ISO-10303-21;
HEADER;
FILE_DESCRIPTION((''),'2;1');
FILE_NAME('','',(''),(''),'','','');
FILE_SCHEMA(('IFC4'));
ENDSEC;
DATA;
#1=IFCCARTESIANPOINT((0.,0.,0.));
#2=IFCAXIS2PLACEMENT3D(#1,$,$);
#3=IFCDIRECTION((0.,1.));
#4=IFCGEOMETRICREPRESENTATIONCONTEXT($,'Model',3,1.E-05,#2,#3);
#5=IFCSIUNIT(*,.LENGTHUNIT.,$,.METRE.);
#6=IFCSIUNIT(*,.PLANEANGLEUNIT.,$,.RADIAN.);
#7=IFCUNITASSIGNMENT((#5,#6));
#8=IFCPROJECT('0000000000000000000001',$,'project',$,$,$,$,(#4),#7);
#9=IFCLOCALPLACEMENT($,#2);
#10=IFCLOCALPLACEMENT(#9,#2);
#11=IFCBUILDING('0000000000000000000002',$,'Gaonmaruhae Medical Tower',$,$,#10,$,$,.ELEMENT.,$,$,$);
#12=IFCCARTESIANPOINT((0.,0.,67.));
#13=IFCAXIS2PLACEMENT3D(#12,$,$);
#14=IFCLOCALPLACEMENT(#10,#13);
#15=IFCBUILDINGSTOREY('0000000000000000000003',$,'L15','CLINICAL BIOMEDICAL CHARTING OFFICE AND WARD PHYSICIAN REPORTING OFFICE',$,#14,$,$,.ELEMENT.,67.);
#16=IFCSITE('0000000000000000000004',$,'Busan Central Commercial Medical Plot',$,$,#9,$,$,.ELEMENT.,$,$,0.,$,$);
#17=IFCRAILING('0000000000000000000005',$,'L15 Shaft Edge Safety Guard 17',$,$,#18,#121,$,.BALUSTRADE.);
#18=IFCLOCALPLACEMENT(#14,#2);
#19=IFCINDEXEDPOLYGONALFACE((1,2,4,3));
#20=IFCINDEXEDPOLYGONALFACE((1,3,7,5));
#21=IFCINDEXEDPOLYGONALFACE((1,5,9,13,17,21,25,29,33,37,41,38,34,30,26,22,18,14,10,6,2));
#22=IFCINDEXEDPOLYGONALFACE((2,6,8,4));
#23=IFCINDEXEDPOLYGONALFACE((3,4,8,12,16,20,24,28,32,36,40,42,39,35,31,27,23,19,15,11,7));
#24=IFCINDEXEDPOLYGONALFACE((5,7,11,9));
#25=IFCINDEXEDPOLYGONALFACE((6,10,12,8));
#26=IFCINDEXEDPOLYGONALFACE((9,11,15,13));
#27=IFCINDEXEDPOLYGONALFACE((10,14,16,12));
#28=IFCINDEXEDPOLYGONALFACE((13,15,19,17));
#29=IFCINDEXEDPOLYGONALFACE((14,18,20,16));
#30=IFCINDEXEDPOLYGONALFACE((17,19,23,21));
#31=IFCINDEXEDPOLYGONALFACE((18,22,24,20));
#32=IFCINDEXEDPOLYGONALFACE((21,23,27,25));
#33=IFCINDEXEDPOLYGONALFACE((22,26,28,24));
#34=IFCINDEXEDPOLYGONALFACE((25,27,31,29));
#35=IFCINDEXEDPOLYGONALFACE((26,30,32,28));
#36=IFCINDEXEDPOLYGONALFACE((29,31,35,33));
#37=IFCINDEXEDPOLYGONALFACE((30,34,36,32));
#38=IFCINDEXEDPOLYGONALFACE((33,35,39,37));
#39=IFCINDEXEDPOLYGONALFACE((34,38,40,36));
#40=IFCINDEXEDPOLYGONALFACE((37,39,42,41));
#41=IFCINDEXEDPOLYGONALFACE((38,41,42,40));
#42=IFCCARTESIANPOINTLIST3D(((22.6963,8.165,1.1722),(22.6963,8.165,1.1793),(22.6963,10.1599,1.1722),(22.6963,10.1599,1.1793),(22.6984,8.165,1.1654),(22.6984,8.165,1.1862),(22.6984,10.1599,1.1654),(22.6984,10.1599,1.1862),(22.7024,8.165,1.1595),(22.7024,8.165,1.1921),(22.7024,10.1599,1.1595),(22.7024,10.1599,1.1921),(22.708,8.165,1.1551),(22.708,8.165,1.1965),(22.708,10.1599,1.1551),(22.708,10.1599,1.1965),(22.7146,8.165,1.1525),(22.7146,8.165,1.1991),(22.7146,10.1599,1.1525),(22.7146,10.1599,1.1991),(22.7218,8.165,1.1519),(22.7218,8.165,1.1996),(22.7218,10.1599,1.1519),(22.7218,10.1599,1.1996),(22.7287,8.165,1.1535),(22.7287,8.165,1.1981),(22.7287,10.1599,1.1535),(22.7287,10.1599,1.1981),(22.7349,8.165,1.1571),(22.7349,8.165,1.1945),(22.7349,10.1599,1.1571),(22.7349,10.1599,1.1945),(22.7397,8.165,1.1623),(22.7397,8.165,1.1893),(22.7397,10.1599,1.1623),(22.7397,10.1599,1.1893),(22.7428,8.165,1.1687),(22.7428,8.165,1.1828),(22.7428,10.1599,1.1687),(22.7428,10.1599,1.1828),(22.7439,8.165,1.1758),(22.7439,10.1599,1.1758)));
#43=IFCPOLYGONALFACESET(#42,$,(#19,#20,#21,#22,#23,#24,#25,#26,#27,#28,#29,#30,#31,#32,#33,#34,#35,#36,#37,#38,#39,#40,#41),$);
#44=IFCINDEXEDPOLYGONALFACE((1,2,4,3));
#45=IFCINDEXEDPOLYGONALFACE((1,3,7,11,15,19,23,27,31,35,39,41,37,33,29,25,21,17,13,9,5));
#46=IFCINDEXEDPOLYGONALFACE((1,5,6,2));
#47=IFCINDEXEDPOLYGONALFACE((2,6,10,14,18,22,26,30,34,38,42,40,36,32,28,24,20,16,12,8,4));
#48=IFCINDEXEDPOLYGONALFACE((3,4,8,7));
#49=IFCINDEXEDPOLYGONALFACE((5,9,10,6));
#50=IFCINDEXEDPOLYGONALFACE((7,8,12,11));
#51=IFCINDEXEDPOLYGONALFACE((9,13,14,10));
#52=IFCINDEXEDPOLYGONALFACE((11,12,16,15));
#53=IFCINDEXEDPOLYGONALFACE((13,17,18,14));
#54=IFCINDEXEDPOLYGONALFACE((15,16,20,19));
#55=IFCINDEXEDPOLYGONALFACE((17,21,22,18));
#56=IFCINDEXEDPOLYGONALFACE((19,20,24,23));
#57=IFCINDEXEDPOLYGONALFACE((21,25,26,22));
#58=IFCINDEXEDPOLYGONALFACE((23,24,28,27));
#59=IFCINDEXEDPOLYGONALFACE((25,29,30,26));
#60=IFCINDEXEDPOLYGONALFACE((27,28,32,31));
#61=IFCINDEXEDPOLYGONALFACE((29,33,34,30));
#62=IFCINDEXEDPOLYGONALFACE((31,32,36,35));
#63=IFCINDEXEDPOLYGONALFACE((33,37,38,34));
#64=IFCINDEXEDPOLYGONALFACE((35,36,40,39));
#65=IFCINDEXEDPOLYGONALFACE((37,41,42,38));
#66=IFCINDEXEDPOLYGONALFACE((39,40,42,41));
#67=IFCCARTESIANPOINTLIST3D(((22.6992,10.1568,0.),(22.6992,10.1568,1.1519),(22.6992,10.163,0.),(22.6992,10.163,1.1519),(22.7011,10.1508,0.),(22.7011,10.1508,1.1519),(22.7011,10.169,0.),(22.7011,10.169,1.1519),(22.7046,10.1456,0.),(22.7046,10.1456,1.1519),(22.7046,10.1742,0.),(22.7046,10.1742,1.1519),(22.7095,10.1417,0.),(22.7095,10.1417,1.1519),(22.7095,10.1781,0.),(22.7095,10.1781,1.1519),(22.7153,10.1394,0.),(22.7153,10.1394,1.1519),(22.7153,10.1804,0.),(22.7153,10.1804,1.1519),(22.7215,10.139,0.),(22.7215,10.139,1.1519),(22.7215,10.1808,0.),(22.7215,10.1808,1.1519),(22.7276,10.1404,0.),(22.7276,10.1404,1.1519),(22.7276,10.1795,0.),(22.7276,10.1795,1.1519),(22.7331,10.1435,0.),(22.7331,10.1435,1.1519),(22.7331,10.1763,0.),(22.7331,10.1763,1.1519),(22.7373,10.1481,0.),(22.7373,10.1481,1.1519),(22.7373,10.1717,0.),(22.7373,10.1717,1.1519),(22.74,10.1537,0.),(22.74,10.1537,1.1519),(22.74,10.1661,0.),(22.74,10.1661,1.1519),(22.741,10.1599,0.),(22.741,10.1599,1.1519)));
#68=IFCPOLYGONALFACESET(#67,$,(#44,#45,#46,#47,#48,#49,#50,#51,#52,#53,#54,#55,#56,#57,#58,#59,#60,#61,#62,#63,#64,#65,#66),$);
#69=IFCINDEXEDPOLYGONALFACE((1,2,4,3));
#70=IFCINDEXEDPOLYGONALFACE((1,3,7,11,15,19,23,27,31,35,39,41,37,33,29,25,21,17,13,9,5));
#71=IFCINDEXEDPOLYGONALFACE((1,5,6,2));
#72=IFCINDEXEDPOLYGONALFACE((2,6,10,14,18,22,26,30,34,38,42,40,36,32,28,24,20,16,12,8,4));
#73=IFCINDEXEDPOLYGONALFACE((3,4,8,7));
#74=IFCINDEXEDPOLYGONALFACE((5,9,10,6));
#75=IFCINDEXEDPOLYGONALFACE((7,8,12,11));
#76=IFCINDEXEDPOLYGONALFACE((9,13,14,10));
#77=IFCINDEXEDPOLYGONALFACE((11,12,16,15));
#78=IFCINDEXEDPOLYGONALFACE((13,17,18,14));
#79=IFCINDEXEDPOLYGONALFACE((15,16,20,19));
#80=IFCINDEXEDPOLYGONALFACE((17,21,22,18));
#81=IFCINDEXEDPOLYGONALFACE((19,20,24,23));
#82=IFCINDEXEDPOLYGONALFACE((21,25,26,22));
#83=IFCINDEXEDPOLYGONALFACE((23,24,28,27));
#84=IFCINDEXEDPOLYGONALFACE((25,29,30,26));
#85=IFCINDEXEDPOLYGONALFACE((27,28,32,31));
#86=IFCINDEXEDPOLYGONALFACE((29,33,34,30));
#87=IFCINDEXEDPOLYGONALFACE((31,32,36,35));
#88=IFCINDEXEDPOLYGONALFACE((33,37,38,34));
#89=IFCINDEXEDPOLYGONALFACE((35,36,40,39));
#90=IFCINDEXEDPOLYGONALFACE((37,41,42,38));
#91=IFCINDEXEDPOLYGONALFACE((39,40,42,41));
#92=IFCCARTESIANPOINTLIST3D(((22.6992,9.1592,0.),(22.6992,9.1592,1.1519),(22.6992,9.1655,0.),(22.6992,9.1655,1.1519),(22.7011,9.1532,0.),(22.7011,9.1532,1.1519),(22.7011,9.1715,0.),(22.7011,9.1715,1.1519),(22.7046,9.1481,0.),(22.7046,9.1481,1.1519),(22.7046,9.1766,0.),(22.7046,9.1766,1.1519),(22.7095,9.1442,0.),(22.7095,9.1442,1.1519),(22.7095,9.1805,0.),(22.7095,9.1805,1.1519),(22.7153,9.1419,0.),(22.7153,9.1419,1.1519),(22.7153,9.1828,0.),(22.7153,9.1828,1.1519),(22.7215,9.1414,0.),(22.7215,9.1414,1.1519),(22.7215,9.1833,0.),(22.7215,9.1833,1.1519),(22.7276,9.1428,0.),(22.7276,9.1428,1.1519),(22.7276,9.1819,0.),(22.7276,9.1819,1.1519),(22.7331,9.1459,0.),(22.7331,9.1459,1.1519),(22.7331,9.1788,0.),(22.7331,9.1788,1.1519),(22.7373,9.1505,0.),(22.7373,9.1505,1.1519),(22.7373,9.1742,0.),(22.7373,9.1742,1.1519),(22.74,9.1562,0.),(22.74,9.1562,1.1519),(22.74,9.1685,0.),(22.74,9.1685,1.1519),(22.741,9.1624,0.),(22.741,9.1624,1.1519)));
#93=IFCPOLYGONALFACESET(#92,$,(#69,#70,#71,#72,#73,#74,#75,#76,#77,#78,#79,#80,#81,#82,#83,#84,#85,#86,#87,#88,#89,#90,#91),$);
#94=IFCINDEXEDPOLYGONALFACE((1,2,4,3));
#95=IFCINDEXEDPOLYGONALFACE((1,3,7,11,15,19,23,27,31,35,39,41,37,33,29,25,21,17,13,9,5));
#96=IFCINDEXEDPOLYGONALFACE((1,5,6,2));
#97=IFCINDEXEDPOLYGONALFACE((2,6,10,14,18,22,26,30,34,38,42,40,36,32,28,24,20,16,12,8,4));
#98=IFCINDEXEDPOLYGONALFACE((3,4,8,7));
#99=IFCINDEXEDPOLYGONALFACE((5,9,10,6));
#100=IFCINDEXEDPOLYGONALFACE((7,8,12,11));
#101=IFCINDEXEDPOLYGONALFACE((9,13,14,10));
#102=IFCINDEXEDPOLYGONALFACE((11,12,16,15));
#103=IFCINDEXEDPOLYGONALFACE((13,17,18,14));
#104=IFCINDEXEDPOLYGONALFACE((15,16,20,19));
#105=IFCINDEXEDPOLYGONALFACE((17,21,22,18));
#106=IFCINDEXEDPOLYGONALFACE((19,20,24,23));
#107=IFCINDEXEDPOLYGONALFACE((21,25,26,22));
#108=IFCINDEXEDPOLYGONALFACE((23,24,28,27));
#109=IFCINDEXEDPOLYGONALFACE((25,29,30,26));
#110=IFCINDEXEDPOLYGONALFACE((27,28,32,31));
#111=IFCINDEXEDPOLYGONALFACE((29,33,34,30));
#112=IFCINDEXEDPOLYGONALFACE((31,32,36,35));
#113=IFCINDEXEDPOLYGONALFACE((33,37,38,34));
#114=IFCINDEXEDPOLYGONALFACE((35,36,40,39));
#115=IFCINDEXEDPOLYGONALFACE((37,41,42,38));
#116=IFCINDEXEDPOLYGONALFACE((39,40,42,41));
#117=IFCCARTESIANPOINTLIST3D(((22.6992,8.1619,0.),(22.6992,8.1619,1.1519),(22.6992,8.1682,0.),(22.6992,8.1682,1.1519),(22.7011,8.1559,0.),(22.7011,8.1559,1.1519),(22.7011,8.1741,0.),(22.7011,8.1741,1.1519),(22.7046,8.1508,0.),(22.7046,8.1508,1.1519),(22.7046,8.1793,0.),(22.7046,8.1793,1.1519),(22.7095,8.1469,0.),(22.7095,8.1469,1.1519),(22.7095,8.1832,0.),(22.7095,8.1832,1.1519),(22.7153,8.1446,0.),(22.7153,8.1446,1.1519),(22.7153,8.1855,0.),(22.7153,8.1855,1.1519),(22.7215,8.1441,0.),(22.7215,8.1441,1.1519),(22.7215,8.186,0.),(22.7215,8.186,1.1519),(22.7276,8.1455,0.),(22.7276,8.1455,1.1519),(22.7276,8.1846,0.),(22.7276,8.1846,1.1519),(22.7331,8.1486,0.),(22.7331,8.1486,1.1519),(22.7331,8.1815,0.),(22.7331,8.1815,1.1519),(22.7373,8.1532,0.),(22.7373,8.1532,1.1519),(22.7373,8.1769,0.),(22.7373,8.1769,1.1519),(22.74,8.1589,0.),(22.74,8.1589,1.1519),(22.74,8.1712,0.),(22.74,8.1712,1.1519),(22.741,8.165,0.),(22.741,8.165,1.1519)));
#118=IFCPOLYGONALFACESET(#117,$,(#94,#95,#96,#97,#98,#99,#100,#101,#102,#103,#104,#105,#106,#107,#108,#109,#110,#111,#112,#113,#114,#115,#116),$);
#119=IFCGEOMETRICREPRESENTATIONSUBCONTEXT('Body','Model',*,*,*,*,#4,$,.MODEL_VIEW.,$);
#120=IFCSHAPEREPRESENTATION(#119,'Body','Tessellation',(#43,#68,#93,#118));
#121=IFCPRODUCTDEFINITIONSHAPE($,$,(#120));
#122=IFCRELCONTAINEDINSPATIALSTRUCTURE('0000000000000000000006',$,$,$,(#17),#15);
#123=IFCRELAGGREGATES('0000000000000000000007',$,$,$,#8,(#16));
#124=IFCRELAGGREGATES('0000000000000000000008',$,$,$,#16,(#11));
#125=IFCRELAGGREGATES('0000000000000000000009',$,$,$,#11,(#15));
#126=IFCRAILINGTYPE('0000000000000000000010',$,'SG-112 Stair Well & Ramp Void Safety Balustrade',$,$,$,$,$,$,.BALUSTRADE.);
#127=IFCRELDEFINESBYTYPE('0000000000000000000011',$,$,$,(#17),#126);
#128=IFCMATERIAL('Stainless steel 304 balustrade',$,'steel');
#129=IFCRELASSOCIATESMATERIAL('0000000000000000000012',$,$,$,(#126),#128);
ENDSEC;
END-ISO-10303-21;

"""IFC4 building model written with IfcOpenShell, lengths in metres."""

from ifc_helpers import new_model, si_unit, direction, frame, origin, origin_2d, place, context, subcontext, project, spatial, circle, extrude, material, type_object, element, save


model = new_model("IFC4")

# Units and contexts
model_context = context("Model", 3, precision=1e-05, world=origin(), true_north=direction((0.0, 1.0)))
body_context = subcontext(model_context, "Body", "Model", "MODEL_VIEW")
ifc_project = project(units=[si_unit("LENGTHUNIT", "METRE"), si_unit("PLANEANGLEUNIT", "RADIAN")], contexts=[model_context])

# Site, building, storey
site_placement = place(None, origin())
site = spatial("IfcSite", under=ifc_project, at=site_placement, Name="Busan Central Commercial Medical Plot", CompositionType="ELEMENT", RefElevation=0.0)
building_placement = place(site_placement, origin())
building = spatial("IfcBuilding", under=site, at=building_placement, Name="Gaonmaruhae Medical Tower", CompositionType="ELEMENT")
storey_placement = place(building_placement, frame((0.0, 0.0, 67.0)))
storey = spatial("IfcBuildingStorey", under=building, at=storey_placement, Name="L15", Description="CLINICAL BIOMEDICAL CHARTING OFFICE AND WARD PHYSICIAN REPORTING OFFICE", CompositionType="ELEMENT", Elevation=67.0)

# Railing
ifc_material_1 = material(Name="Stainless steel 304 balustrade", Category="steel")
railing_type_1 = type_object("IfcRailingType", Name="SG-112 Stair Well & Ramp Void Safety Balustrade", PredefinedType="BALUSTRADE", material=ifc_material_1)
railing_1_placement = place(storey_placement, frame((22.72, 10.1599, 0.0)))
element("IfcRailing", 1, at=railing_1_placement, inside=storey, type_object=railing_type_1, Name="L15 Shaft Edge Safety Guard 17", PredefinedType="BALUSTRADE", context=body_context, shape_type="SweptSolid", body=[
    extrude(circle(Radius=0.0239, at=origin_2d()), frame((0.0, 0.0, 1.1758), z_axis=(0.0, -1.0, 0.0), x_axis=(1.0, 0.0, 0.0)), (0.0, 0.0, 1.0), 1.9949),
    extrude(circle(Radius=0.021, at=origin_2d()), origin(), (0.0, 0.0, 1.0), 1.1519),
    extrude(circle(Radius=0.021, at=origin_2d()), frame((0.0, -0.9976, 0.0)), (0.0, 0.0, 1.0), 1.1519),
    extrude(circle(Radius=0.021, at=origin_2d()), frame((0.0, -1.9949, 0.0)), (0.0, 0.0, 1.0), 1.1519),
])

save(model, "model.ifc")
